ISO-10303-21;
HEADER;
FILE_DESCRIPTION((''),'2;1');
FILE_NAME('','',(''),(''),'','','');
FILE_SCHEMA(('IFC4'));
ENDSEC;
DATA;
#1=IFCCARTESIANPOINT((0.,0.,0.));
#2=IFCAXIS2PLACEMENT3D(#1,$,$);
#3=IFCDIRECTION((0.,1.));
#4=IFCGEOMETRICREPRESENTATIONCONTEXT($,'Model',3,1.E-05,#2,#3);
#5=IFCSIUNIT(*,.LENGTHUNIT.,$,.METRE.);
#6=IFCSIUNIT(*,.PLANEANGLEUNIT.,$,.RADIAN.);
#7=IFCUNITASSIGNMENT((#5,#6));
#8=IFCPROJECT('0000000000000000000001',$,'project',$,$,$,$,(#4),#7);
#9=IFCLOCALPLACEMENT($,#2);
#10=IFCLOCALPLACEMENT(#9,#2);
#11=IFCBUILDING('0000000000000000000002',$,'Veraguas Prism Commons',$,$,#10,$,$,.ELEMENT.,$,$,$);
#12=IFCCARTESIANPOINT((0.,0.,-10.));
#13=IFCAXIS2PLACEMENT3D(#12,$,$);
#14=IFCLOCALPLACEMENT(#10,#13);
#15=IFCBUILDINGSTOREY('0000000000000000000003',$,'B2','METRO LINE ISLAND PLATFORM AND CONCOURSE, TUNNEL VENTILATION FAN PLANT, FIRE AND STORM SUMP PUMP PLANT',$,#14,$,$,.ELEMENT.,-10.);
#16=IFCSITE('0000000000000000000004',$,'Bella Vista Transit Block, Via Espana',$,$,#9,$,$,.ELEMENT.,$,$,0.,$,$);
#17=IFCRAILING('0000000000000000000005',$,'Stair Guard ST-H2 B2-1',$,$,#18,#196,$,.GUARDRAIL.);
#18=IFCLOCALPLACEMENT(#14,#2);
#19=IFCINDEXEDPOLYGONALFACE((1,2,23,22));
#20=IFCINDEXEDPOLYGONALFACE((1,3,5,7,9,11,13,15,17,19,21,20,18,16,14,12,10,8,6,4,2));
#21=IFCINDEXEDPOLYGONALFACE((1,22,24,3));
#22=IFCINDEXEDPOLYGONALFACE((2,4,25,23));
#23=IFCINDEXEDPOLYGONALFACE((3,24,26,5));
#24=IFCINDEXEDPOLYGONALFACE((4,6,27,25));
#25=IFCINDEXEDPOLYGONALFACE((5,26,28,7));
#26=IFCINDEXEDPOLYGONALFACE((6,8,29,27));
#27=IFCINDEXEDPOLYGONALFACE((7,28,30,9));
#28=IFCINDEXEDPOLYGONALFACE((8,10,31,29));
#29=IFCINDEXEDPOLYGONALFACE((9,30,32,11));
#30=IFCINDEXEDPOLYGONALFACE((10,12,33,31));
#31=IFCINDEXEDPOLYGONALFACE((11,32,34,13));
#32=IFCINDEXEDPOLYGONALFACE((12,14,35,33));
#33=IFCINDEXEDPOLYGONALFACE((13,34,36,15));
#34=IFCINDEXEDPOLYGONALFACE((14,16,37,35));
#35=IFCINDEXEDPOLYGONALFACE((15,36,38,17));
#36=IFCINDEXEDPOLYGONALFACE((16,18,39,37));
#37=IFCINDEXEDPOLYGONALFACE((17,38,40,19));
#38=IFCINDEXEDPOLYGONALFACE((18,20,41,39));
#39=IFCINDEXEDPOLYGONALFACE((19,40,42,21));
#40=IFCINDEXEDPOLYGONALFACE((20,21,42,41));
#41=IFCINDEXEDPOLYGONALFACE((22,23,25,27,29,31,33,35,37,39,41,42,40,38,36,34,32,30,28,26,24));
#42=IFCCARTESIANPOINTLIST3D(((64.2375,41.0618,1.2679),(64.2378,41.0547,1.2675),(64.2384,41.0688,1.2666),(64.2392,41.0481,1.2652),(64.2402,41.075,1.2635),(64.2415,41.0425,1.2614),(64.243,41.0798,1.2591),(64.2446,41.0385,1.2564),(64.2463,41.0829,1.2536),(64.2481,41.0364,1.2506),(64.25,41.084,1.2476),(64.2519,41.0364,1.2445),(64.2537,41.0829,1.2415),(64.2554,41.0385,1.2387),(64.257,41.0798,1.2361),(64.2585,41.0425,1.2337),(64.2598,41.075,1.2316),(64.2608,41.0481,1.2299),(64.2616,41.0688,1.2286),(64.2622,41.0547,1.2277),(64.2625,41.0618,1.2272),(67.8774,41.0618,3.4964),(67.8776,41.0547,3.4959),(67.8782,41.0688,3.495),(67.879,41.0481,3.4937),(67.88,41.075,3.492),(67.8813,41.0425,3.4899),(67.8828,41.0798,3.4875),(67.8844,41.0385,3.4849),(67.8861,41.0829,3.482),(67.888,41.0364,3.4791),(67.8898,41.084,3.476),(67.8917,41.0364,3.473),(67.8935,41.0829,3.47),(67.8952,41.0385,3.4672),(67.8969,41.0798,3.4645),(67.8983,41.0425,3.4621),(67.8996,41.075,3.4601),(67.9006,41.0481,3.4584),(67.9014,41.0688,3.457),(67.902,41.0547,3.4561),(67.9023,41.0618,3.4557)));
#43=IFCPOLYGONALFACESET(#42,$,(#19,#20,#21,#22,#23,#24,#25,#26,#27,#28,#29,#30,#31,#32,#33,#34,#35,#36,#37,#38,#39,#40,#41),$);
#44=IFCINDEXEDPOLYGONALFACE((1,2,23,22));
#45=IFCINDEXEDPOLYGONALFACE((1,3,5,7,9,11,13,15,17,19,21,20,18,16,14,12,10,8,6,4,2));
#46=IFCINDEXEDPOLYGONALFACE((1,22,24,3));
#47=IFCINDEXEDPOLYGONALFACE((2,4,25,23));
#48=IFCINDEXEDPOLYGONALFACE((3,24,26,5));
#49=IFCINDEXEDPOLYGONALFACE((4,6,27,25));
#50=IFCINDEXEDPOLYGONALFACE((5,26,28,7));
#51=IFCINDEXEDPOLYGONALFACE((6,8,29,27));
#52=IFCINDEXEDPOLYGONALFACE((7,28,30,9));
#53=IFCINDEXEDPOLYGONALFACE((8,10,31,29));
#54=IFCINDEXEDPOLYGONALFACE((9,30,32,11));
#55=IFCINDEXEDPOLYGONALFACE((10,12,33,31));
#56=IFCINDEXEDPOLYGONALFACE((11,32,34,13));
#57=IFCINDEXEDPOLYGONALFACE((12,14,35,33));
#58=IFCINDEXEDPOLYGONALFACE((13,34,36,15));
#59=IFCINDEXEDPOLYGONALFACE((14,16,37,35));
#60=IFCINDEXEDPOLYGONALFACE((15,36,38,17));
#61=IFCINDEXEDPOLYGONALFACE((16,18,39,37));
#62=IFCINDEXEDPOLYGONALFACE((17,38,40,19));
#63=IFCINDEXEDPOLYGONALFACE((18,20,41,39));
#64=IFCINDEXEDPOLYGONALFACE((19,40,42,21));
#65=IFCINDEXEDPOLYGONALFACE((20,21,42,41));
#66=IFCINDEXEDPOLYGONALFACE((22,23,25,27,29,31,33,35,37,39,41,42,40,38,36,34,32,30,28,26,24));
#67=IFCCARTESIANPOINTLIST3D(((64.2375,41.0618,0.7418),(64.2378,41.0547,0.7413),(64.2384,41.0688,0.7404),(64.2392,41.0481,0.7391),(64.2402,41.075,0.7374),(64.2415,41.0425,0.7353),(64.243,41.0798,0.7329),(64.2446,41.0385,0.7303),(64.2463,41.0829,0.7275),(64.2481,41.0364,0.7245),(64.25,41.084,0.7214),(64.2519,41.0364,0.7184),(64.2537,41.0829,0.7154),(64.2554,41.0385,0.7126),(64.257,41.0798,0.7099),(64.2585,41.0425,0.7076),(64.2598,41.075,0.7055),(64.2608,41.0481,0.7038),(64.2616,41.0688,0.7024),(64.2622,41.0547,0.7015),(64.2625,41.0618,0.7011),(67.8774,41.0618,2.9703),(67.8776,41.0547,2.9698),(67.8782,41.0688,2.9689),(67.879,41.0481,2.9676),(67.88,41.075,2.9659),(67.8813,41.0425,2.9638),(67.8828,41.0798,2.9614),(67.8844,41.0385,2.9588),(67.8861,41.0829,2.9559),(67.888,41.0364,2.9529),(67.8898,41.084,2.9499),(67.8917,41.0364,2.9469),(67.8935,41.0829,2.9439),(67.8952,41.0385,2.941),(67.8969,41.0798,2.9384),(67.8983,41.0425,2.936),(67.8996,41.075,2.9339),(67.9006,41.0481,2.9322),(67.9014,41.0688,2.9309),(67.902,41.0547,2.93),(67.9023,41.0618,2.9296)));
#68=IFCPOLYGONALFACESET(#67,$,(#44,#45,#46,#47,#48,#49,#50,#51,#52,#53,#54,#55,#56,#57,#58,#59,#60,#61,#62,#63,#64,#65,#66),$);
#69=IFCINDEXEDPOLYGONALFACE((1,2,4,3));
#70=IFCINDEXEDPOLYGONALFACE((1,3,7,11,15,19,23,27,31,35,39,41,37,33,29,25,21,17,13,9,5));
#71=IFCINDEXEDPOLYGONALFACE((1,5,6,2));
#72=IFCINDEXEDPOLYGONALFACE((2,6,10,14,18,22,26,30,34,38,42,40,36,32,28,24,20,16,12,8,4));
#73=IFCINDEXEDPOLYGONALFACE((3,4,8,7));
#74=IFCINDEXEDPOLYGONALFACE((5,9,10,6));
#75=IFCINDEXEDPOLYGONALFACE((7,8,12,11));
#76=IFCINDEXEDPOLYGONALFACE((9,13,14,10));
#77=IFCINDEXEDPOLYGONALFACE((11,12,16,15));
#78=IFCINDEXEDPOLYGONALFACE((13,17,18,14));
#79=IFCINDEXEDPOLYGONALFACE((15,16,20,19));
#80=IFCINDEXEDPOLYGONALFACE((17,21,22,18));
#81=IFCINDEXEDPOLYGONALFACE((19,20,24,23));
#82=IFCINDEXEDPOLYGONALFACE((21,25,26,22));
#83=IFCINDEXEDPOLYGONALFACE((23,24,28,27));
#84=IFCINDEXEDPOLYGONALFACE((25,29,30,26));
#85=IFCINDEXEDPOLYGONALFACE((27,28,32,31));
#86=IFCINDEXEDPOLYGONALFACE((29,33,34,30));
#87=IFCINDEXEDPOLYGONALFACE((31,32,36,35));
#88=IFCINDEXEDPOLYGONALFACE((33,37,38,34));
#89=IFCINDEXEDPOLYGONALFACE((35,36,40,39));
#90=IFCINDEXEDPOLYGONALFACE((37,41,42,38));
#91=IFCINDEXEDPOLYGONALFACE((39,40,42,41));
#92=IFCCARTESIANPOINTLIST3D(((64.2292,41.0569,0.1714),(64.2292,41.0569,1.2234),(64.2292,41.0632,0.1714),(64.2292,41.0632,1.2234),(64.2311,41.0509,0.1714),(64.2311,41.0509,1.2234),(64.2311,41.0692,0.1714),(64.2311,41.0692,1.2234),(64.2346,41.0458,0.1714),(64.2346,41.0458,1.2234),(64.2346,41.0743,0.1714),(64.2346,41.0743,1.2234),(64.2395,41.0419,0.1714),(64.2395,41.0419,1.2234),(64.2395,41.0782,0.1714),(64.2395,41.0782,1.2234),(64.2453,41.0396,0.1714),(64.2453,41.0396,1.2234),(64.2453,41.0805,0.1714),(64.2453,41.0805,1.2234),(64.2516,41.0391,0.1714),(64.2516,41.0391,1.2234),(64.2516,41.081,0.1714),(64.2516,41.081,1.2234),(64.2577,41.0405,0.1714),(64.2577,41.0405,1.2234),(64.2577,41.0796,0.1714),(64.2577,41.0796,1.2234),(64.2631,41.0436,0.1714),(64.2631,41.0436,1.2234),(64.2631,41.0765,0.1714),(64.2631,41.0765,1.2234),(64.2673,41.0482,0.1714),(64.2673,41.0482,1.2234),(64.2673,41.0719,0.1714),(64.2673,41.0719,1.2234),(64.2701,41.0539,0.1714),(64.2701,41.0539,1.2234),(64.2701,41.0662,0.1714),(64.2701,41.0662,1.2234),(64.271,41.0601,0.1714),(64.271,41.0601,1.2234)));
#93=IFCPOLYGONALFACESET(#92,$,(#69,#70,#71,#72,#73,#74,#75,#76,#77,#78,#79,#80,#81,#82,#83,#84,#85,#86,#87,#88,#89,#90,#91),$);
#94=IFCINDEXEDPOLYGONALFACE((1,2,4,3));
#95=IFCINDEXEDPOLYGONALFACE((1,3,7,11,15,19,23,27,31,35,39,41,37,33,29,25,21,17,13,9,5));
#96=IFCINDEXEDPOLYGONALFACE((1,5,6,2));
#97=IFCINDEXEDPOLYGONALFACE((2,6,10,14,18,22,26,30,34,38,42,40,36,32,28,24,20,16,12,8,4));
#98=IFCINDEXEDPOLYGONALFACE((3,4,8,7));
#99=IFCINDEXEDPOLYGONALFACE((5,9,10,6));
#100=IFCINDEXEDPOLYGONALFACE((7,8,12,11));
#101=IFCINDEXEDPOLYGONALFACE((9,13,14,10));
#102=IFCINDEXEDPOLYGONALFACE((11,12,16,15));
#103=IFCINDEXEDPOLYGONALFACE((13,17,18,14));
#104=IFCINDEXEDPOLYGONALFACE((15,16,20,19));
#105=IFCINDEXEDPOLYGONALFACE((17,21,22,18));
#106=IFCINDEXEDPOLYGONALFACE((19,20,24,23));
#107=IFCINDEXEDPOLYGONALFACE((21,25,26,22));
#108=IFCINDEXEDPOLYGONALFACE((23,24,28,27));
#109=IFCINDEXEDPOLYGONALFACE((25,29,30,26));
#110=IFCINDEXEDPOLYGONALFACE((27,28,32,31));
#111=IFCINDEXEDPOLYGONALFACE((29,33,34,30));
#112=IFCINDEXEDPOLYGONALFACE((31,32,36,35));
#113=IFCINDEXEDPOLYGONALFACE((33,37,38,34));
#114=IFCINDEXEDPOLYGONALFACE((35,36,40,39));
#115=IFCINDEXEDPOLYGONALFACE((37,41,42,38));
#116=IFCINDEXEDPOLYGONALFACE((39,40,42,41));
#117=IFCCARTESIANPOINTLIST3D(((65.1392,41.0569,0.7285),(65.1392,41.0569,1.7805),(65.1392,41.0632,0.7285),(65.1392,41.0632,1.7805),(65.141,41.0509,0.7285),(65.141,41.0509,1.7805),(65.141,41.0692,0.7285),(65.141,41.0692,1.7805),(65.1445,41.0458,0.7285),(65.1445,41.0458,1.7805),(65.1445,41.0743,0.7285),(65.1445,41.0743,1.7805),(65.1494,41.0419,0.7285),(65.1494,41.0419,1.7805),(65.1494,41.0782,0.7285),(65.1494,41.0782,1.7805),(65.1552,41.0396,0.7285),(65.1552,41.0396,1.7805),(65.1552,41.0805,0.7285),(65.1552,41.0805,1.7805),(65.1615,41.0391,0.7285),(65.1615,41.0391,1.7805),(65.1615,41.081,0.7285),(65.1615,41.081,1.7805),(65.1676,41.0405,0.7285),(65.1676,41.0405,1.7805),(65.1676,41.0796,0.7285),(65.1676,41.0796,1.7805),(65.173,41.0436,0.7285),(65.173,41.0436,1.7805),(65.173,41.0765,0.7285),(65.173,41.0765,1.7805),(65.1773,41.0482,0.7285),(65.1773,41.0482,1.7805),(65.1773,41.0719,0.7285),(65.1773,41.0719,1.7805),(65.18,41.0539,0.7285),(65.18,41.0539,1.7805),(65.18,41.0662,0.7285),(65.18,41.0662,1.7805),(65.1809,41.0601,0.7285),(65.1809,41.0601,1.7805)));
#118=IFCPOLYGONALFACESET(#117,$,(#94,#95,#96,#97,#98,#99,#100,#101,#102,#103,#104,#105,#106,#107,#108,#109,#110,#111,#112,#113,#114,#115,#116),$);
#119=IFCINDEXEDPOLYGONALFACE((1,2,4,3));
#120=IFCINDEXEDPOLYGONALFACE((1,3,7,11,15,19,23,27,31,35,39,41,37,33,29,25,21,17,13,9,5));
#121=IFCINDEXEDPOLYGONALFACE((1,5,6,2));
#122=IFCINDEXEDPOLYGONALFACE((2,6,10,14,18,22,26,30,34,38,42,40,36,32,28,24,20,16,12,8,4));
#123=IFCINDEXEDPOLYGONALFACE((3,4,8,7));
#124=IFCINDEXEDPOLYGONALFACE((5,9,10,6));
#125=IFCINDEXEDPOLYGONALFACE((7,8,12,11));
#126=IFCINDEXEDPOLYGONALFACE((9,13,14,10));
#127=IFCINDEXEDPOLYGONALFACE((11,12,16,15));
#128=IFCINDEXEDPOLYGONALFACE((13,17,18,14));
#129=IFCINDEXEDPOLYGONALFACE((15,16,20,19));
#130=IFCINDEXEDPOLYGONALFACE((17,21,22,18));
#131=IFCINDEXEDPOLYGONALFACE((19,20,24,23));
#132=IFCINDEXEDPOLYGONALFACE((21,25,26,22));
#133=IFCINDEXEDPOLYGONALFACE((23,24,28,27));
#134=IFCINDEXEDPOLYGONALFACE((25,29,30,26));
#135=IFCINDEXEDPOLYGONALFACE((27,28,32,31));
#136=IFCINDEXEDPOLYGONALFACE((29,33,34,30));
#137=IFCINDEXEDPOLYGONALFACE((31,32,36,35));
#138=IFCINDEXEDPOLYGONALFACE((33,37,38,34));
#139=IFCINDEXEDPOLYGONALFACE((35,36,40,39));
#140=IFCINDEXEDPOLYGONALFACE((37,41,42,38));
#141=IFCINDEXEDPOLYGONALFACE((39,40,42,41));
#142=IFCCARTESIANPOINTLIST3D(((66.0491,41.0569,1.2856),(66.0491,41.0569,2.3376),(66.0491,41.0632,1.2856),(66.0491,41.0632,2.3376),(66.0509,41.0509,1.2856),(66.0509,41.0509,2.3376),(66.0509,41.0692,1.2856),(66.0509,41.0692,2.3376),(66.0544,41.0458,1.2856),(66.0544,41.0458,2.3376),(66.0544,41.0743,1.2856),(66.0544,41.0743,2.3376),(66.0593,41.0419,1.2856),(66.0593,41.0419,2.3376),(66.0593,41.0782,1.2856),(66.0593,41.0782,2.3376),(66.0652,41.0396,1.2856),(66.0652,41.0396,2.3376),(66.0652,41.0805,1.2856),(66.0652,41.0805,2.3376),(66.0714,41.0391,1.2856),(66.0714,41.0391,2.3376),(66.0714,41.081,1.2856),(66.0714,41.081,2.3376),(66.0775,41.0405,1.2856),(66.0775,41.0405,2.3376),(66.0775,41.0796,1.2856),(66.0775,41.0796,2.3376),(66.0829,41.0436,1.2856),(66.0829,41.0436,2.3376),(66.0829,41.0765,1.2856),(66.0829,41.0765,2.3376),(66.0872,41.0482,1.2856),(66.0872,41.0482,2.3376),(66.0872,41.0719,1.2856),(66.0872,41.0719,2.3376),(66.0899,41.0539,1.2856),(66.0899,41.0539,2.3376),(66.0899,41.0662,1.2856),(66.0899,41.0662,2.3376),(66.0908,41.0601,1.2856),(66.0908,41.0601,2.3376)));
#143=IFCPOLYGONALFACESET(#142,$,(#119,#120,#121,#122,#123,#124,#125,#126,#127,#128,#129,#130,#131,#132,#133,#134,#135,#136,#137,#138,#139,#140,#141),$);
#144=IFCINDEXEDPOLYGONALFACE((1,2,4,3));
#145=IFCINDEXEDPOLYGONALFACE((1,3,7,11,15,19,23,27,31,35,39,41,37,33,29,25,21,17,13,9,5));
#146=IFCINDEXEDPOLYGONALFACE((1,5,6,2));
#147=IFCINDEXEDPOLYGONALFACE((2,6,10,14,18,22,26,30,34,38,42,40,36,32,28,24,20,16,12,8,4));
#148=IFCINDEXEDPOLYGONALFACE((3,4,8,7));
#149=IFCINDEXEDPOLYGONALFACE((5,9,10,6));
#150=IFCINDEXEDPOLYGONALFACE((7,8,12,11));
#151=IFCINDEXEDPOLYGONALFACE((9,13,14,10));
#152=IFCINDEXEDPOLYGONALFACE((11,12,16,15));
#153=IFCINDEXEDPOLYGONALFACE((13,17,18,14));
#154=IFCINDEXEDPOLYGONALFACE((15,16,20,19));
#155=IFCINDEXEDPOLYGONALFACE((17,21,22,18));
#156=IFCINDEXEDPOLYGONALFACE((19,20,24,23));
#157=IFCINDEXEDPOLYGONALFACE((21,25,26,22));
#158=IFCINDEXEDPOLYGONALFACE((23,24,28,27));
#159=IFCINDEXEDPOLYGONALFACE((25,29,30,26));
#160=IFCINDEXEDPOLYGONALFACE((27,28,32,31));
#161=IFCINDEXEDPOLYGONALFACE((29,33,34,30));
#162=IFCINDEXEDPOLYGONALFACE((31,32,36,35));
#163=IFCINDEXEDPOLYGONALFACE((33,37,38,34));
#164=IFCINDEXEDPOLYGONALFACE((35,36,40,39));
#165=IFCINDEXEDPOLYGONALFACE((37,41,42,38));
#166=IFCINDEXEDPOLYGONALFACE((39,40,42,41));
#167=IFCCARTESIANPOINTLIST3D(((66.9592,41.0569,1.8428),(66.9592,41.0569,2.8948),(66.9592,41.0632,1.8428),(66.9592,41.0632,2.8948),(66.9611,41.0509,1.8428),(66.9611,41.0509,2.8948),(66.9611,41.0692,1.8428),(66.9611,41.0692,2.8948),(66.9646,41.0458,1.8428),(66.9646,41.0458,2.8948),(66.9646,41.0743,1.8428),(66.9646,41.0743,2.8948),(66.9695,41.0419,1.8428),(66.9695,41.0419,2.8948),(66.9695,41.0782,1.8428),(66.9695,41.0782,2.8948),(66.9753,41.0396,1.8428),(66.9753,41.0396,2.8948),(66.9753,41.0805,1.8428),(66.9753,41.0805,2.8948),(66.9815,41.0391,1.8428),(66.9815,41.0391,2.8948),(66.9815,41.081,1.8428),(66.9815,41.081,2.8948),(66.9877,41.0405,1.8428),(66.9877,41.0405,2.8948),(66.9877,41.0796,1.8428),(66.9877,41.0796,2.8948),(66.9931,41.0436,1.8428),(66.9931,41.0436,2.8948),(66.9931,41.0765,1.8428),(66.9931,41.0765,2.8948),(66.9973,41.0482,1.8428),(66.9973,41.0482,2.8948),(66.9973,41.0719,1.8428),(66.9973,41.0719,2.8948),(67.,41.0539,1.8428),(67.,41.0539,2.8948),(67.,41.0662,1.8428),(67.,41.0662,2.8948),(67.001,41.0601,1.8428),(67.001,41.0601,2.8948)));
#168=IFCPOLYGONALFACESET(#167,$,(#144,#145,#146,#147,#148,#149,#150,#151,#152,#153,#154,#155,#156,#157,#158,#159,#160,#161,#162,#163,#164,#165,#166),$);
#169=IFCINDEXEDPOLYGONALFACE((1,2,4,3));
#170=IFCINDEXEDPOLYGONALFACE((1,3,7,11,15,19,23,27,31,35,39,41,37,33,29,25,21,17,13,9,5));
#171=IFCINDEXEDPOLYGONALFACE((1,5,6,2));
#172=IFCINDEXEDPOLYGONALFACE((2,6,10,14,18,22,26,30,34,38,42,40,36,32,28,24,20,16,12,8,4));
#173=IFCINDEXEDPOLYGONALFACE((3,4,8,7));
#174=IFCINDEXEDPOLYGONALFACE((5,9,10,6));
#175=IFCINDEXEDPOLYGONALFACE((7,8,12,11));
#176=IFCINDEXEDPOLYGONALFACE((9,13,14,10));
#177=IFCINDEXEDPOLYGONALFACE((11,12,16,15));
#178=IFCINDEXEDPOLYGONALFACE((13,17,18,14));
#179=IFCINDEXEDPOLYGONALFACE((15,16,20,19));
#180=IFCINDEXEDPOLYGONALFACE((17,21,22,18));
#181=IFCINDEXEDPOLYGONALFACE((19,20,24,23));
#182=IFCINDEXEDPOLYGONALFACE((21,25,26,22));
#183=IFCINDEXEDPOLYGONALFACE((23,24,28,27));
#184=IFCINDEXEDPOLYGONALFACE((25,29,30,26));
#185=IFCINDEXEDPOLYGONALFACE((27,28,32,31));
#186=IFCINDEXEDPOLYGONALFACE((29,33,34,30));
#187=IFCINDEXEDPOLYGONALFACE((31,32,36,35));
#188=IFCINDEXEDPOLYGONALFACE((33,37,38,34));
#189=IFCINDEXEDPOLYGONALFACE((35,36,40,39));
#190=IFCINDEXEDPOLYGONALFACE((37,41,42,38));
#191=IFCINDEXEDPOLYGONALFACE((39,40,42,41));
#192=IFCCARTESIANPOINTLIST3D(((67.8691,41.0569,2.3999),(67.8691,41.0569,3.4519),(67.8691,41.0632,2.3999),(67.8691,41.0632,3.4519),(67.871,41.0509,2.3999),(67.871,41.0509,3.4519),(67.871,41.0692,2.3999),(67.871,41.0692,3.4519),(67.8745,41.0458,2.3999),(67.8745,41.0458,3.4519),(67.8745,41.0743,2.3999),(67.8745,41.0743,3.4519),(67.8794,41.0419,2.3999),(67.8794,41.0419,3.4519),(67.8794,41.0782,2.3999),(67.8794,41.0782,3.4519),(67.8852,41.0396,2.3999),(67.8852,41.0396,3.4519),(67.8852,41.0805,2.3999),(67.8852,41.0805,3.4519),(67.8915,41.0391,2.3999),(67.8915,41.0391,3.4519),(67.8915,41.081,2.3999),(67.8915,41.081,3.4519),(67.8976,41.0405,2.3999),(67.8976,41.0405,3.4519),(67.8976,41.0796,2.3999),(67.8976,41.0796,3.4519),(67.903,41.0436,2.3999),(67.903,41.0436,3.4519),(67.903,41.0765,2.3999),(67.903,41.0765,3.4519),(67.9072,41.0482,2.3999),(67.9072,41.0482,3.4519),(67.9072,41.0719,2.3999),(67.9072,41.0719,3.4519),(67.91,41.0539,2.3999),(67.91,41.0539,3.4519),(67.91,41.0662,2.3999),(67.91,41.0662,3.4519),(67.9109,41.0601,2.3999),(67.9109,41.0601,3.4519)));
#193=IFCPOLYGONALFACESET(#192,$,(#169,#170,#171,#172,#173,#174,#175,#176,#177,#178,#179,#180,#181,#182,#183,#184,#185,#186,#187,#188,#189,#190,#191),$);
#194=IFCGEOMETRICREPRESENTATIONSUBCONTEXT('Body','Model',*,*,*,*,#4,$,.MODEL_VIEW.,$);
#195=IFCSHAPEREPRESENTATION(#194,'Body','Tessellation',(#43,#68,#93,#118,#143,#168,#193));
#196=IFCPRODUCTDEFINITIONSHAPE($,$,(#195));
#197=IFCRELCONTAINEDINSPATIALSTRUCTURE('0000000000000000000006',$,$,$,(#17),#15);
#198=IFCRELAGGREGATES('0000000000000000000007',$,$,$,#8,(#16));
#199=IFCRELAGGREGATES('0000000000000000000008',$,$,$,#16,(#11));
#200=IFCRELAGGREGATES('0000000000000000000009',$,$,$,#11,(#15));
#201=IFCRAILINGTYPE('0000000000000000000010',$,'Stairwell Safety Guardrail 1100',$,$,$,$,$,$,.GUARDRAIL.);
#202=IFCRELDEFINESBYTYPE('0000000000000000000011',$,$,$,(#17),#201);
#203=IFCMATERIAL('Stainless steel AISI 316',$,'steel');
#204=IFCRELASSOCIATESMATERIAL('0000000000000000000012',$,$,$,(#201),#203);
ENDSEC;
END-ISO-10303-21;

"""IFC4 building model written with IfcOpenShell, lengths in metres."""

from ifc_helpers import new_model, si_unit, direction, frame, origin, origin_2d, place, context, subcontext, project, spatial, circle, extrude, material, type_object, element, save


model = new_model("IFC4")

# Units and contexts
model_context = context("Model", 3, precision=1e-05, world=origin(), true_north=direction((0.0, 1.0)))
body_context = subcontext(model_context, "Body", "Model", "MODEL_VIEW")
ifc_project = project(units=[si_unit("LENGTHUNIT", "METRE"), si_unit("PLANEANGLEUNIT", "RADIAN")], contexts=[model_context])

# Site, building, storey
site_placement = place(None, origin())
site = spatial("IfcSite", under=ifc_project, at=site_placement, Name="Bella Vista Transit Block, Via Espana", CompositionType="ELEMENT", RefElevation=0.0)
building_placement = place(site_placement, origin())
building = spatial("IfcBuilding", under=site, at=building_placement, Name="Veraguas Prism Commons", CompositionType="ELEMENT")
storey_placement = place(building_placement, frame((0.0, 0.0, -10.0)))
storey = spatial("IfcBuildingStorey", under=building, at=storey_placement, Name="B2", Description="METRO LINE ISLAND PLATFORM AND CONCOURSE, TUNNEL VENTILATION FAN PLANT, FIRE AND STORM SUMP PUMP PLANT", CompositionType="ELEMENT", Elevation=-10.0)

# Railing
ifc_material_1 = material(Name="Stainless steel AISI 316", Category="steel")
railing_type_1 = type_object("IfcRailingType", Name="Stairwell Safety Guardrail 1100", PredefinedType="GUARDRAIL", material=ifc_material_1)
railing_1_placement = place(storey_placement, frame((64.25, 41.0601, 0.1714)))
element("IfcRailing", 1, at=railing_1_placement, inside=storey, type_object=railing_type_1, Name="Stair Guard ST-H2 B2-1", PredefinedType="GUARDRAIL", context=body_context, shape_type="SweptSolid", body=[
    extrude(circle(Radius=0.0239, at=origin_2d()), frame((0.0, 0.0, 1.0762), z_axis=(0.85285, 0.0, 0.522156), x_axis=(0.0, 1.0, 0.0)), (0.0, 0.0, 1.0), 4.2678),
    extrude(circle(Radius=0.0239, at=origin_2d()), frame((0.0, 0.0, 0.55), z_axis=(0.85285, 0.0, 0.522156), x_axis=(0.0, 1.0, 0.0)), (0.0, 0.0, 1.0), 4.2678),
    extrude(circle(Radius=0.021, at=origin_2d()), origin(), (0.0, 0.0, 1.0), 1.052),
    extrude(circle(Radius=0.021, at=origin_2d()), frame((0.9099, 0.0, 0.5571)), (0.0, 0.0, 1.0), 1.052),
    extrude(circle(Radius=0.021, at=origin_2d()), frame((1.8198, 0.0, 1.1143)), (0.0, 0.0, 1.0), 1.052),
    extrude(circle(Radius=0.021, at=origin_2d()), frame((2.73, 0.0, 1.6714)), (0.0, 0.0, 1.0), 1.052),
    extrude(circle(Radius=0.021, at=origin_2d()), frame((3.6399, 0.0, 2.2285)), (0.0, 0.0, 1.0), 1.052),
])

save(model, "model.ifc")
